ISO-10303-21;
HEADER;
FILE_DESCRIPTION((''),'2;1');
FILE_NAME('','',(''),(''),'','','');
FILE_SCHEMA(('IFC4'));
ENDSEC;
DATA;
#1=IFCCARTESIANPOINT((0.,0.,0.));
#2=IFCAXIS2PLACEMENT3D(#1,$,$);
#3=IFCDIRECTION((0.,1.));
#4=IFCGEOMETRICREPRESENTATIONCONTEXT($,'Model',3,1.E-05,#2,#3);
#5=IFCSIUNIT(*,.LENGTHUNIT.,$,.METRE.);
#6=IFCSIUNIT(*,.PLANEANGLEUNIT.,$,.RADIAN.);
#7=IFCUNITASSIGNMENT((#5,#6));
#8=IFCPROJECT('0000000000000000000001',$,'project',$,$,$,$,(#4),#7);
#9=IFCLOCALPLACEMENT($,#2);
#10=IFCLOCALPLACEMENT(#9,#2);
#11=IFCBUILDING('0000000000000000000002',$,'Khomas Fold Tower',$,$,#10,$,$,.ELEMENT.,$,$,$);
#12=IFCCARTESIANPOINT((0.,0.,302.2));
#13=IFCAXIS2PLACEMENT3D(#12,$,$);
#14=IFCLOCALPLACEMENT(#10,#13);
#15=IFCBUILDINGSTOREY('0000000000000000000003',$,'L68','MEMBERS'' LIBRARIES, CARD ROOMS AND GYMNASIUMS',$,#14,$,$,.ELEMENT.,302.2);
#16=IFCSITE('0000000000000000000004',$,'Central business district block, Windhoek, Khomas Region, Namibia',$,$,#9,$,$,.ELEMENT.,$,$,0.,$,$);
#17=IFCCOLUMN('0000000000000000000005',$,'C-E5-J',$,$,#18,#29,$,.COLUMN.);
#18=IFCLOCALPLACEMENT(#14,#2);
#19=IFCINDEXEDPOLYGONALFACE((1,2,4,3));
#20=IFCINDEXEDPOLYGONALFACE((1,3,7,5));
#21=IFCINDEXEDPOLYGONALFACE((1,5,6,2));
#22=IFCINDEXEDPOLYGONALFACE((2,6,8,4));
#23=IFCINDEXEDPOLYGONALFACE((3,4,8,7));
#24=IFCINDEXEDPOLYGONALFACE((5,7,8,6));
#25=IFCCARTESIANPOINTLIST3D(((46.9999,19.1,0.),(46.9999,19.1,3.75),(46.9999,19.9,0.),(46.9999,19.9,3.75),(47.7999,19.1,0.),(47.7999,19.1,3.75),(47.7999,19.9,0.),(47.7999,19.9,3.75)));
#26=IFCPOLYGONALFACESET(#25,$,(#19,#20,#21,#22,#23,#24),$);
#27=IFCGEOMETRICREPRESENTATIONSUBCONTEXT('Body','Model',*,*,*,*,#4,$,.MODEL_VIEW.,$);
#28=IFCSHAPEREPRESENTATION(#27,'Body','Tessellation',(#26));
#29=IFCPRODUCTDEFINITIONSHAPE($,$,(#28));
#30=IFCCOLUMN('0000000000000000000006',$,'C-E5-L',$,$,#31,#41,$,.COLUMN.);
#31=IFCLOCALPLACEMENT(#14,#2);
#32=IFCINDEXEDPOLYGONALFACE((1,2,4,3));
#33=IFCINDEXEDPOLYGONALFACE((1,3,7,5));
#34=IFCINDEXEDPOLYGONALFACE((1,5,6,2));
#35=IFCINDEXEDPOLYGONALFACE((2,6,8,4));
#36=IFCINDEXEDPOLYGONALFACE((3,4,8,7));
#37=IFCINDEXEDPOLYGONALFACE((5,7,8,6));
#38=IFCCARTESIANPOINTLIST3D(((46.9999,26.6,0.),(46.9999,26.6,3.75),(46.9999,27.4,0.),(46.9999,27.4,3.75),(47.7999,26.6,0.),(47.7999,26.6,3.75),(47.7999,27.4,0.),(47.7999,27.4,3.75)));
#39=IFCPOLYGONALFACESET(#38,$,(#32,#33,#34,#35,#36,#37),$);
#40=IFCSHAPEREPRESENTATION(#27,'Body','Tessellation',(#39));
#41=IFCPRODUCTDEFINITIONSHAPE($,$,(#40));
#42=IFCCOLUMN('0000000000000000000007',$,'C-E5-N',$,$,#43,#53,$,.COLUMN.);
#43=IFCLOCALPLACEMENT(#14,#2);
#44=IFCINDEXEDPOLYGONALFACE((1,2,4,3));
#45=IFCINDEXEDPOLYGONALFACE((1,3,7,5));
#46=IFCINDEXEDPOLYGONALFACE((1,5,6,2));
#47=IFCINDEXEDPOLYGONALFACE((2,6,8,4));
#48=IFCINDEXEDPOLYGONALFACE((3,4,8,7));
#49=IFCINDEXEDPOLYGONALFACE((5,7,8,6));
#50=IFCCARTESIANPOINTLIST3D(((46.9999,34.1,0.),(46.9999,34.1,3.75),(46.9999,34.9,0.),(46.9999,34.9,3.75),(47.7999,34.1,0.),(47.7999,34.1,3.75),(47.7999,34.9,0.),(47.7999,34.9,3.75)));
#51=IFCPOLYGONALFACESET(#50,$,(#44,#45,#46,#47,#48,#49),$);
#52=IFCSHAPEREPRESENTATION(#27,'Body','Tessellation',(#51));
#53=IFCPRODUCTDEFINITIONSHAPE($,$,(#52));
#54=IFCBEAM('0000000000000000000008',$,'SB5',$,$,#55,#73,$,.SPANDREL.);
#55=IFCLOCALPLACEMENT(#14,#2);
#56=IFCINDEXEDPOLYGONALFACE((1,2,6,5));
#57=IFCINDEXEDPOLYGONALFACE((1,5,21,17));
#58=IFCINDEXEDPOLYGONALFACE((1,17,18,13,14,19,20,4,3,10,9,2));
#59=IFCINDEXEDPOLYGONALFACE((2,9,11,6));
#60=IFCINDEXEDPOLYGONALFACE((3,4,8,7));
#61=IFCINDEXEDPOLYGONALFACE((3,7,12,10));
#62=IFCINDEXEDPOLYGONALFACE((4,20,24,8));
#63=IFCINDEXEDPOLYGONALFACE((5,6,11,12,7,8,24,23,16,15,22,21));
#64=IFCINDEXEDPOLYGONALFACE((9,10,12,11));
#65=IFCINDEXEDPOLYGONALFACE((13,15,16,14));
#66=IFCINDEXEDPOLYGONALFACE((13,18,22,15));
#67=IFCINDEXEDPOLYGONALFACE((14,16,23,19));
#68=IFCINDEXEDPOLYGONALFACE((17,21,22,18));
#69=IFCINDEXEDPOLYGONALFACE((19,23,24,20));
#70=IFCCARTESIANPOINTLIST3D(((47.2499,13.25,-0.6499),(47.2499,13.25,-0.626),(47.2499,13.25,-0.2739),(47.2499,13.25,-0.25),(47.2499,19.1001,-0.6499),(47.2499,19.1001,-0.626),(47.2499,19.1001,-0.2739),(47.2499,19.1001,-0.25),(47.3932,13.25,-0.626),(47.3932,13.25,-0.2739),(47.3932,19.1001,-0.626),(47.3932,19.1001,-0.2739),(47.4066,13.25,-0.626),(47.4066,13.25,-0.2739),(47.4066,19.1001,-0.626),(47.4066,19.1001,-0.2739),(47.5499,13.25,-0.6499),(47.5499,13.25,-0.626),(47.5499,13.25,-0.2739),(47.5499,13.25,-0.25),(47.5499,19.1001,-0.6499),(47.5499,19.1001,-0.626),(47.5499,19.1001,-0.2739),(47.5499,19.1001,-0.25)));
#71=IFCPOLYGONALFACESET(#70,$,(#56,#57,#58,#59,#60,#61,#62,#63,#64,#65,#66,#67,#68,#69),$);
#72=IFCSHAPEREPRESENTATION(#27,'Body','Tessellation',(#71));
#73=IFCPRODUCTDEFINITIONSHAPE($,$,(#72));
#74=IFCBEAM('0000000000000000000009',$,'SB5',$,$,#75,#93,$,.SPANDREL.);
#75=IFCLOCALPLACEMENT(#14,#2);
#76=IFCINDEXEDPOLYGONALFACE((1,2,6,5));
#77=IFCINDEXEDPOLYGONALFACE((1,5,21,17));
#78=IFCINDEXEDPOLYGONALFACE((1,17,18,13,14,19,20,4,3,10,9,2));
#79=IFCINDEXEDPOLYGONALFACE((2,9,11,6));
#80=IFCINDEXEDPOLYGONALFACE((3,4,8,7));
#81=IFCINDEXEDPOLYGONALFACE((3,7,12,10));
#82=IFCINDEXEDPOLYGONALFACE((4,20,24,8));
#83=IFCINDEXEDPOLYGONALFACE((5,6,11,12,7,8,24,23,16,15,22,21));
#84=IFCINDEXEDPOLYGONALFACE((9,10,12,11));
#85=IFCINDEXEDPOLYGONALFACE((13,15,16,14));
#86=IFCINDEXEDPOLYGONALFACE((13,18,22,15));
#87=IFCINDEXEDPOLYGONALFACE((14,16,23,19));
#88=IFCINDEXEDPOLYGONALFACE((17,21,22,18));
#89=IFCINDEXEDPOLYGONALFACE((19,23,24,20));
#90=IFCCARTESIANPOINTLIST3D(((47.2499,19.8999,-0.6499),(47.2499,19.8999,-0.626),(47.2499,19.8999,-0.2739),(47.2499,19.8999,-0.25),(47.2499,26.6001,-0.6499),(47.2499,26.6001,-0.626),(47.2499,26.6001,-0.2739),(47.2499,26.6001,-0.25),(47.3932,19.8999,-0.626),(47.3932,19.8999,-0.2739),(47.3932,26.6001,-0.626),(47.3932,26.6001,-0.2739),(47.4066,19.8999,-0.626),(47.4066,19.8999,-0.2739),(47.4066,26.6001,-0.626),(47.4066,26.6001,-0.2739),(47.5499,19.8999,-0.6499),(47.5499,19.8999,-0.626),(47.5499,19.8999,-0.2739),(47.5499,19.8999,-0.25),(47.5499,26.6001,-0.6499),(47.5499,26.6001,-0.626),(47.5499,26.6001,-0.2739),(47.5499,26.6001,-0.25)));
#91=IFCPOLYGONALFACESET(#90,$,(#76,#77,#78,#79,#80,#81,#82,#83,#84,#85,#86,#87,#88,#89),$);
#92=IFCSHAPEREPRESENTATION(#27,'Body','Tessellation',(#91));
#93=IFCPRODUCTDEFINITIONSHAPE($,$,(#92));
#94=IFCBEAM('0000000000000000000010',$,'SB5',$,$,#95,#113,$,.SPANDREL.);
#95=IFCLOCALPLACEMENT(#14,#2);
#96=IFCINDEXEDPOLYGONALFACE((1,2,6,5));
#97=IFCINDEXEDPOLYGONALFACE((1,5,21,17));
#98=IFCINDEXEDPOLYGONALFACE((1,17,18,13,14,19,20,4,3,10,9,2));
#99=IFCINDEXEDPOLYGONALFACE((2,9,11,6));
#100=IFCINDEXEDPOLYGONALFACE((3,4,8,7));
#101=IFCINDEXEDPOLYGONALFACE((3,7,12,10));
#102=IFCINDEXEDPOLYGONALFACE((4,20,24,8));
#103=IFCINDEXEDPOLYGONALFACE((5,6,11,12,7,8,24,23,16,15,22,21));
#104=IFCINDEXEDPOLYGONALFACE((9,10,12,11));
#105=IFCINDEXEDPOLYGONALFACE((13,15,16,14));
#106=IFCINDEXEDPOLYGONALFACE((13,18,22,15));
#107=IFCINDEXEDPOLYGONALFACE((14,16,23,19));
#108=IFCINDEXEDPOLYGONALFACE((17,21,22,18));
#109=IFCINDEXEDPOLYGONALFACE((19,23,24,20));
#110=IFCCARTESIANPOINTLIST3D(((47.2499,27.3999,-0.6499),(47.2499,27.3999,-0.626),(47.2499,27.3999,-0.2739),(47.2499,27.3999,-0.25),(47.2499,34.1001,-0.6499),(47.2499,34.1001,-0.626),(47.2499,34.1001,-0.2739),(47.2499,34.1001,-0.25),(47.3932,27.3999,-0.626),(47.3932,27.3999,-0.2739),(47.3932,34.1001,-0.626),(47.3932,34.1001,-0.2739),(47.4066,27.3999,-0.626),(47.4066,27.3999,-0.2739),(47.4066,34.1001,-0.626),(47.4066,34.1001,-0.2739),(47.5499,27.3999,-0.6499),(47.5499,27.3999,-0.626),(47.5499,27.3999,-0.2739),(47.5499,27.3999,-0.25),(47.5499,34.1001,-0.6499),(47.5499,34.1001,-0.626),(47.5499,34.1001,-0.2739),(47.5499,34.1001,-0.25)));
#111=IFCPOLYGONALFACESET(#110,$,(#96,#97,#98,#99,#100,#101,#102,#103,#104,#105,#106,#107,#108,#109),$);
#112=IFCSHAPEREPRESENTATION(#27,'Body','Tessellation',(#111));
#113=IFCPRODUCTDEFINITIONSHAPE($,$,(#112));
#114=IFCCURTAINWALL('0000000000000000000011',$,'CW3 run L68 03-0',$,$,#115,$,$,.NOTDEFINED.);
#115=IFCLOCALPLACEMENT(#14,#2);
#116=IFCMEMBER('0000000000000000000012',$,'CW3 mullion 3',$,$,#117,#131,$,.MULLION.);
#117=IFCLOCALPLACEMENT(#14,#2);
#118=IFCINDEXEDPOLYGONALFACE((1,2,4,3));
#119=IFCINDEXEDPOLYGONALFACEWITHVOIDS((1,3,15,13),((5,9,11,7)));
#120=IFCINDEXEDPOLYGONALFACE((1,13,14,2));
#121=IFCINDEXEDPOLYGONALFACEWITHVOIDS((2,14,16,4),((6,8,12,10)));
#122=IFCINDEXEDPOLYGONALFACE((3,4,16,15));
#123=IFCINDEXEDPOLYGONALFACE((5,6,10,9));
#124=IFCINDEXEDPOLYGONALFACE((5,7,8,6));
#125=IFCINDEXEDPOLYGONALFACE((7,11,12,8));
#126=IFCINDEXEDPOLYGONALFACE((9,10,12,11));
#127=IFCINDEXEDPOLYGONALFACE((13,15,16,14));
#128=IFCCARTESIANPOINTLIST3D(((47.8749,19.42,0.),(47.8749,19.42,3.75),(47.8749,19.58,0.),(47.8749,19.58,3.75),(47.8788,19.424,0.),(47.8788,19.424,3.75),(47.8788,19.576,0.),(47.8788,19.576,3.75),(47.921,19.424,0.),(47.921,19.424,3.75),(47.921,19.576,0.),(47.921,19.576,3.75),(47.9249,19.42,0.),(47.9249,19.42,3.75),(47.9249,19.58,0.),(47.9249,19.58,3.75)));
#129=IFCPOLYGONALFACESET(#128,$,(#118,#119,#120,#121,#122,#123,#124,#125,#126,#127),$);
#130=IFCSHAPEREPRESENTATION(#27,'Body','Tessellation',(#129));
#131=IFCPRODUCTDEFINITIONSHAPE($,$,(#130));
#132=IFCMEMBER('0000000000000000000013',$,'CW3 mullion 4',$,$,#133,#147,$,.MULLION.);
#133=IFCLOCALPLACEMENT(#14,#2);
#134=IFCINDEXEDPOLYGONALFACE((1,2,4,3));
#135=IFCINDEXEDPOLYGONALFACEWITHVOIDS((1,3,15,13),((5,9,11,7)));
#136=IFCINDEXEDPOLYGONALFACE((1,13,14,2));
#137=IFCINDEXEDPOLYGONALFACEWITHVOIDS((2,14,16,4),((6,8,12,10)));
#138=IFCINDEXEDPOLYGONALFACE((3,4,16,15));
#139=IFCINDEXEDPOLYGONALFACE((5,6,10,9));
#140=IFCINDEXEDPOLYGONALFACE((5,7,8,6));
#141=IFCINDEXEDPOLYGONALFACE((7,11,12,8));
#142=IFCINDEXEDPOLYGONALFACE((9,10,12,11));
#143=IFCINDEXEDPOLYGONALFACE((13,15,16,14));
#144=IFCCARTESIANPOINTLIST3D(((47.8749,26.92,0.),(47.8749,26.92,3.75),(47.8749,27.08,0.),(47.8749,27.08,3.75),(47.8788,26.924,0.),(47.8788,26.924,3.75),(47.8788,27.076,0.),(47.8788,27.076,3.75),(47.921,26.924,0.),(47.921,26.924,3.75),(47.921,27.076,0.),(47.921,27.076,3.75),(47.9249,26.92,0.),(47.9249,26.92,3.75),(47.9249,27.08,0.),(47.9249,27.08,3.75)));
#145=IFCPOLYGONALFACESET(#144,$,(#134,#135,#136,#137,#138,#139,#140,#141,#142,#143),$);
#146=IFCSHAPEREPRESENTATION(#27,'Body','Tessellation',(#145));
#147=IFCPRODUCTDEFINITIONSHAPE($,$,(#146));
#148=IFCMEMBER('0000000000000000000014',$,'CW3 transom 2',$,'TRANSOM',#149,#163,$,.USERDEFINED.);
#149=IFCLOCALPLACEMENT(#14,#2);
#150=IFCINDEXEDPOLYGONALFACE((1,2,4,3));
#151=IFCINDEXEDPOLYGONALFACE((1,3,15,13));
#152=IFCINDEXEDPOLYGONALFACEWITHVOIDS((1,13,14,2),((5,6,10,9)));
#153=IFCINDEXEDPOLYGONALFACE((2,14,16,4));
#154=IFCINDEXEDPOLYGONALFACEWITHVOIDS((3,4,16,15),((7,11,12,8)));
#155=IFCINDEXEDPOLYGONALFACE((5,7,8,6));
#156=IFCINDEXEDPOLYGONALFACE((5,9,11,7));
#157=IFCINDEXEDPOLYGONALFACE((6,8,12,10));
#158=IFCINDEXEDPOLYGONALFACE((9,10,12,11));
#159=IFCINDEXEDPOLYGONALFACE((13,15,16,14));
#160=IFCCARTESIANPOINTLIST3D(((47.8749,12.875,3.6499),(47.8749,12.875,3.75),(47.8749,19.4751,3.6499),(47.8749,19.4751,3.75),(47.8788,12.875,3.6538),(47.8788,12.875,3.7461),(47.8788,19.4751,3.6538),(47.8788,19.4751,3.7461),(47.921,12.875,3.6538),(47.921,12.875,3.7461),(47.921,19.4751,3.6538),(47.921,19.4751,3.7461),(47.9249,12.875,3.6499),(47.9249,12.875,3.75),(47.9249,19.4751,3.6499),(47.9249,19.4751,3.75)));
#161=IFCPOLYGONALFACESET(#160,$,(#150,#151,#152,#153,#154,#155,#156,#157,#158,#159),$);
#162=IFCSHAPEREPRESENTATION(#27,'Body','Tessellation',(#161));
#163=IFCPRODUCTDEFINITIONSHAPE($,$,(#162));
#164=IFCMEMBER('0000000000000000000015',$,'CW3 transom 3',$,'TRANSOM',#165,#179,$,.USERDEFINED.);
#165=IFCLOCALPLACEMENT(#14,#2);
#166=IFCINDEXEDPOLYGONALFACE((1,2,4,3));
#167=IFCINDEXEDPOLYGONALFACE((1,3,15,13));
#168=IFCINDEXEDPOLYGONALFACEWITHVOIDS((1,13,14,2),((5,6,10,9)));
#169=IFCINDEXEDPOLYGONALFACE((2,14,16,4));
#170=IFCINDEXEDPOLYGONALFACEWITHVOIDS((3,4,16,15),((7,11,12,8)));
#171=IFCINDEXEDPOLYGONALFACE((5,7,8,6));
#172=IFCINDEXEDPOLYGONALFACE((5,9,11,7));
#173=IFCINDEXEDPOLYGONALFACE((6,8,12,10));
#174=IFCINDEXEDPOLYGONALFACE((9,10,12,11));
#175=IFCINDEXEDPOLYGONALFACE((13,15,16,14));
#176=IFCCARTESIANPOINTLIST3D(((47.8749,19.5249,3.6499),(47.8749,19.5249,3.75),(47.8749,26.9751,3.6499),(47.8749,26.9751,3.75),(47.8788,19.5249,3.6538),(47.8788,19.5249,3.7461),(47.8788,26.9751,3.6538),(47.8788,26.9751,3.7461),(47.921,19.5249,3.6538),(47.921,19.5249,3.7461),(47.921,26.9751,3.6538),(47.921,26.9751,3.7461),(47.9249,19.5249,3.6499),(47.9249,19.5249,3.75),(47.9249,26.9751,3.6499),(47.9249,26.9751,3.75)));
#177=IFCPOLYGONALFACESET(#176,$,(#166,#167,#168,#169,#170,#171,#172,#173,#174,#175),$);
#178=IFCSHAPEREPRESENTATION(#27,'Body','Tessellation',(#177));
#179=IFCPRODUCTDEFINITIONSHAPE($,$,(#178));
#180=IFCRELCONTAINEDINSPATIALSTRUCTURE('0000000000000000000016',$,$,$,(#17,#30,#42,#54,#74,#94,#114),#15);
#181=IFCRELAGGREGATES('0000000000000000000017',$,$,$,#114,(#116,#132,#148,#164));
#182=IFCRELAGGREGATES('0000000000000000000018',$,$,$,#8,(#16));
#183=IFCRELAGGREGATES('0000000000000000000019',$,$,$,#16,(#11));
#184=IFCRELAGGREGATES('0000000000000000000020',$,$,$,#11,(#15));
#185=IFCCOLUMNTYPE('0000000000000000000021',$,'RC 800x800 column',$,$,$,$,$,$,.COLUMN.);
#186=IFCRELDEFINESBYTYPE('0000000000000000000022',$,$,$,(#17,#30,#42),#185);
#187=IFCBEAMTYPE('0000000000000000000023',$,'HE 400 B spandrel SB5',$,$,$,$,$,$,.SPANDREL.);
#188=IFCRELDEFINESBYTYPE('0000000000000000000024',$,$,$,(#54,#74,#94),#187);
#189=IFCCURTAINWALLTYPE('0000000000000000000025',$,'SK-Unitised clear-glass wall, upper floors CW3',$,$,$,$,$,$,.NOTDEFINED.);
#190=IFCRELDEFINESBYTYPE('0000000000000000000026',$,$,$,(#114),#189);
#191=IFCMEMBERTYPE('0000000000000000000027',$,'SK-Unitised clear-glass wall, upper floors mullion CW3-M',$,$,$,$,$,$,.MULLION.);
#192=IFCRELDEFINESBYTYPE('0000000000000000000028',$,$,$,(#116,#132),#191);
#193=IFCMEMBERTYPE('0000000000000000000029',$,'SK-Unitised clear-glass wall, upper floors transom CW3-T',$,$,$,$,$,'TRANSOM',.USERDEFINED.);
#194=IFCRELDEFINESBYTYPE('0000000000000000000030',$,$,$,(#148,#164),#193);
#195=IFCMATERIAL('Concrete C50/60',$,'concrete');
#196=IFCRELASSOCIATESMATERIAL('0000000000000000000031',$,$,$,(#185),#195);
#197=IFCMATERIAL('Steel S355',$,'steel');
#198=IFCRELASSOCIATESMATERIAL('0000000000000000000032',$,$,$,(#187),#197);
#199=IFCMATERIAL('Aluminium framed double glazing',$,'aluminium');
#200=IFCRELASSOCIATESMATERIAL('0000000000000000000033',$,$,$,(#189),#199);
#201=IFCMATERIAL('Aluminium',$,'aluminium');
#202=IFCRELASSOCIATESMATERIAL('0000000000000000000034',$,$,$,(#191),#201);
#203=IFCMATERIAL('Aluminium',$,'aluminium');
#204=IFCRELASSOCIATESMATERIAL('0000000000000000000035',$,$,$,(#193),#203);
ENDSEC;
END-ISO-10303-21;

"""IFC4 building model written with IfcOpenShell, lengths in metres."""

from ifc_helpers import new_model, si_unit, direction, frame, origin, origin_2d, place, context, subcontext, project, spatial, rectangle, hollow_rectangle, i_section, extrude, source, transform, mapped, material, material_profile, profile_set, type_object, element, aggregate, save


model = new_model("IFC4")

# Units and contexts
model_context = context("Model", 3, precision=1e-05, world=origin(), true_north=direction((0.0, 1.0)))
body_context = subcontext(model_context, "Body", "Model", "MODEL_VIEW")
ifc_project = project(units=[si_unit("LENGTHUNIT", "METRE"), si_unit("PLANEANGLEUNIT", "RADIAN")], contexts=[model_context])

# Site, building, storey
site_placement = place(None, origin())
site = spatial("IfcSite", under=ifc_project, at=site_placement, Name="Central business district block, Windhoek, Khomas Region, Namibia", CompositionType="ELEMENT", RefElevation=0.0)
building_placement = place(site_placement, origin())
building = spatial("IfcBuilding", under=site, at=building_placement, Name="Khomas Fold Tower", CompositionType="ELEMENT")
storey_placement = place(building_placement, frame((0.0, 0.0, 302.2)))
storey = spatial("IfcBuildingStorey", under=building, at=storey_placement, Name="L68", Description="MEMBERS' LIBRARIES, CARD ROOMS AND GYMNASIUMS", CompositionType="ELEMENT", Elevation=302.2)

# Columns
ifc_material_1 = material(Name="Concrete C50/60", Category="concrete")
ifc_material_profile_1 = material_profile(ifc_material_1, rectangle(XDim=0.8, YDim=0.8, at=origin_2d()), Name="RC 800x800")
ifc_profile_set_1 = profile_set([ifc_material_profile_1], Name="Concrete C50/60")
column_type = type_object("IfcColumnType", Name="RC 800x800 column", PredefinedType="COLUMN", material=ifc_profile_set_1)
shared_shape_1 = source(origin(), body_context, "Body", "SweptSolid", [
    extrude(rectangle(XDim=0.8, YDim=0.8, at=origin_2d()), origin(), (0.0, 0.0, 1.0), 3.75),
])
for number, where, z_axis, x_axis, name in (
    (1, (47.3999, 19.5, 0.0), (0.0, 0.0, 1.0), (1.0, 0.0, 0.0), "C-E5-J"),
    (2, (47.3999, 27.0, 0.0), (0.0, 0.0, 1.0), (1.0, 0.0, 0.0), "C-E5-L"),
    (3, (47.3999, 34.5, 0.0), (0.0, 0.0, 1.0), (1.0, 0.0, 0.0), "C-E5-N"),
):
    element("IfcColumn", number, at=place(storey_placement, frame(where, z_axis=z_axis, x_axis=x_axis)), inside=storey, type_object=column_type, Name=name, PredefinedType="COLUMN", context=body_context, shape_type="MappedRepresentation", body=[
        mapped(shared_shape_1, transform((0.0, 0.0, 0.0))),
    ])

# Beams
ifc_material_2 = material(Name="Steel S355", Category="steel")
ifc_material_profile_2 = material_profile(ifc_material_2, i_section(OverallWidth=0.3, OverallDepth=0.3999, WebThickness=0.0134, FlangeThickness=0.0239, at=origin_2d()), Name="HE 400 B")
ifc_profile_set_2 = profile_set([ifc_material_profile_2], Name="Steel S355")
beam_type = type_object("IfcBeamType", Name="HE 400 B spandrel SB5", PredefinedType="SPANDREL", material=ifc_profile_set_2)
shared_shape_2 = source(origin(), body_context, "Body", "SweptSolid", [
    extrude(i_section(OverallWidth=0.3, OverallDepth=0.3999, WebThickness=0.0134, FlangeThickness=0.0239, at=origin_2d()), origin(), (0.0, 0.0, 1.0), 5.8501),
])
beam_placement = place(storey_placement, frame((47.3999, 13.25, -0.45), z_axis=(0.0, 1.0, 0.0), x_axis=(-1.0, 0.0, 0.0)))
element("IfcBeam", 4, at=beam_placement, inside=storey, type_object=beam_type, Name="SB5", PredefinedType="SPANDREL", context=body_context, shape_type="MappedRepresentation", body=[
    mapped(shared_shape_2, transform((0.0, 0.0, 0.0))),
])
shared_shape_3 = source(origin(), body_context, "Body", "SweptSolid", [
    extrude(i_section(OverallWidth=0.3, OverallDepth=0.3999, WebThickness=0.0134, FlangeThickness=0.0239, at=origin_2d()), origin(), (0.0, 0.0, 1.0), 6.7002),
])
for number, where, z_axis, x_axis, name in (
    (5, (47.3999, 19.8999, -0.45), (0.0, 1.0, 0.0), (-1.0, 0.0, 0.0), "SB5"),
    (6, (47.3999, 27.3999, -0.45), (0.0, 1.0, 0.0), (-1.0, 0.0, 0.0), "SB5"),
):
    element("IfcBeam", number, at=place(storey_placement, frame(where, z_axis=z_axis, x_axis=x_axis)), inside=storey, type_object=beam_type, Name=name, PredefinedType="SPANDREL", context=body_context, shape_type="MappedRepresentation", body=[
        mapped(shared_shape_3, transform((0.0, 0.0, 0.0))),
    ])

# Curtain wall, members
ifc_material_3 = material(Name="Aluminium framed double glazing", Category="aluminium")
curtain_wall_type = type_object("IfcCurtainWallType", Name="SK-Unitised clear-glass wall, upper floors CW3", PredefinedType="NOTDEFINED", material=ifc_material_3)
curtain_wall_placement = place(storey_placement, origin())
curtain_wall = element("IfcCurtainWall", 7, at=curtain_wall_placement, inside=storey, type_object=curtain_wall_type, Name="CW3 run L68 03-0", PredefinedType="NOTDEFINED")
ifc_material_4 = material(Name="Aluminium", Category="aluminium")
ifc_material_profile_3 = material_profile(ifc_material_4, hollow_rectangle(XDim=0.05, YDim=0.1599, WallThickness=0.0039, at=origin_2d()), Name="SK-Unitised clear-glass wall, upper floors mullion CW3-M")
ifc_profile_set_3 = profile_set([ifc_material_profile_3], Name="Aluminium")
member_type_1 = type_object("IfcMemberType", Name="SK-Unitised clear-glass wall, upper floors mullion CW3-M", PredefinedType="MULLION", material=ifc_profile_set_3)
shared_shape_4 = source(origin(), body_context, "Body", "SweptSolid", [
    extrude(hollow_rectangle(XDim=0.05, YDim=0.1599, WallThickness=0.0039, at=origin_2d()), origin(), (0.0, 0.0, 1.0), 3.75),
])
member_1_placement = place(storey_placement, frame((47.8999, 19.5, 0.0), z_axis=(0.0, 0.0, 1.0), x_axis=(-1.0, 0.0, 0.0)))
member_1 = element("IfcMember", 8, at=member_1_placement, type_object=member_type_1, Name="CW3 mullion 3", PredefinedType="MULLION", context=body_context, shape_type="MappedRepresentation", body=[
    mapped(shared_shape_4, transform((0.0, 0.0, 0.0))),
])
member_2_placement = place(storey_placement, frame((47.8999, 27.0, 0.0), z_axis=(0.0, 0.0, 1.0), x_axis=(-1.0, 0.0, 0.0)))
member_2 = element("IfcMember", 9, at=member_2_placement, type_object=member_type_1, Name="CW3 mullion 4", PredefinedType="MULLION", context=body_context, shape_type="MappedRepresentation", body=[
    mapped(shared_shape_4, transform((0.0, 0.0, 0.0))),
])
ifc_material_5 = material(Name="Aluminium", Category="aluminium")
ifc_material_profile_4 = material_profile(ifc_material_5, hollow_rectangle(XDim=0.05, YDim=0.1001, WallThickness=0.0039, at=origin_2d()), Name="SK-Unitised clear-glass wall, upper floors transom CW3-T")
ifc_profile_set_4 = profile_set([ifc_material_profile_4], Name="Aluminium")
member_type_2 = type_object("IfcMemberType", Name="SK-Unitised clear-glass wall, upper floors transom CW3-T", ElementType="TRANSOM", PredefinedType="USERDEFINED", material=ifc_profile_set_4)
shared_shape_5 = source(origin(), body_context, "Body", "SweptSolid", [
    extrude(hollow_rectangle(XDim=0.05, YDim=0.1001, WallThickness=0.0039, at=origin_2d()), origin(), (0.0, 0.0, 1.0), 6.6001),
])
member_3_placement = place(storey_placement, frame((47.8999, 12.875, 3.7), z_axis=(0.0, 1.0, 0.0), x_axis=(-1.0, 0.0, 0.0)))
member_3 = element("IfcMember", 10, at=member_3_placement, type_object=member_type_2, Name="CW3 transom 2", ObjectType="TRANSOM", PredefinedType="USERDEFINED", context=body_context, shape_type="MappedRepresentation", body=[
    mapped(shared_shape_5, transform((0.0, 0.0, 0.0))),
])
shared_shape_6 = source(origin(), body_context, "Body", "SweptSolid", [
    extrude(hollow_rectangle(XDim=0.05, YDim=0.1001, WallThickness=0.0039, at=origin_2d()), origin(), (0.0, 0.0, 1.0), 7.4502),
])
member_4_placement = place(storey_placement, frame((47.8999, 19.5249, 3.7), z_axis=(0.0, 1.0, 0.0), x_axis=(-1.0, 0.0, 0.0)))
member_4 = element("IfcMember", 11, at=member_4_placement, type_object=member_type_2, Name="CW3 transom 3", ObjectType="TRANSOM", PredefinedType="USERDEFINED", context=body_context, shape_type="MappedRepresentation", body=[
    mapped(shared_shape_6, transform((0.0, 0.0, 0.0))),
])
aggregate(curtain_wall, [member_1, member_2, member_3, member_4])

save(model, "model.ifc")
